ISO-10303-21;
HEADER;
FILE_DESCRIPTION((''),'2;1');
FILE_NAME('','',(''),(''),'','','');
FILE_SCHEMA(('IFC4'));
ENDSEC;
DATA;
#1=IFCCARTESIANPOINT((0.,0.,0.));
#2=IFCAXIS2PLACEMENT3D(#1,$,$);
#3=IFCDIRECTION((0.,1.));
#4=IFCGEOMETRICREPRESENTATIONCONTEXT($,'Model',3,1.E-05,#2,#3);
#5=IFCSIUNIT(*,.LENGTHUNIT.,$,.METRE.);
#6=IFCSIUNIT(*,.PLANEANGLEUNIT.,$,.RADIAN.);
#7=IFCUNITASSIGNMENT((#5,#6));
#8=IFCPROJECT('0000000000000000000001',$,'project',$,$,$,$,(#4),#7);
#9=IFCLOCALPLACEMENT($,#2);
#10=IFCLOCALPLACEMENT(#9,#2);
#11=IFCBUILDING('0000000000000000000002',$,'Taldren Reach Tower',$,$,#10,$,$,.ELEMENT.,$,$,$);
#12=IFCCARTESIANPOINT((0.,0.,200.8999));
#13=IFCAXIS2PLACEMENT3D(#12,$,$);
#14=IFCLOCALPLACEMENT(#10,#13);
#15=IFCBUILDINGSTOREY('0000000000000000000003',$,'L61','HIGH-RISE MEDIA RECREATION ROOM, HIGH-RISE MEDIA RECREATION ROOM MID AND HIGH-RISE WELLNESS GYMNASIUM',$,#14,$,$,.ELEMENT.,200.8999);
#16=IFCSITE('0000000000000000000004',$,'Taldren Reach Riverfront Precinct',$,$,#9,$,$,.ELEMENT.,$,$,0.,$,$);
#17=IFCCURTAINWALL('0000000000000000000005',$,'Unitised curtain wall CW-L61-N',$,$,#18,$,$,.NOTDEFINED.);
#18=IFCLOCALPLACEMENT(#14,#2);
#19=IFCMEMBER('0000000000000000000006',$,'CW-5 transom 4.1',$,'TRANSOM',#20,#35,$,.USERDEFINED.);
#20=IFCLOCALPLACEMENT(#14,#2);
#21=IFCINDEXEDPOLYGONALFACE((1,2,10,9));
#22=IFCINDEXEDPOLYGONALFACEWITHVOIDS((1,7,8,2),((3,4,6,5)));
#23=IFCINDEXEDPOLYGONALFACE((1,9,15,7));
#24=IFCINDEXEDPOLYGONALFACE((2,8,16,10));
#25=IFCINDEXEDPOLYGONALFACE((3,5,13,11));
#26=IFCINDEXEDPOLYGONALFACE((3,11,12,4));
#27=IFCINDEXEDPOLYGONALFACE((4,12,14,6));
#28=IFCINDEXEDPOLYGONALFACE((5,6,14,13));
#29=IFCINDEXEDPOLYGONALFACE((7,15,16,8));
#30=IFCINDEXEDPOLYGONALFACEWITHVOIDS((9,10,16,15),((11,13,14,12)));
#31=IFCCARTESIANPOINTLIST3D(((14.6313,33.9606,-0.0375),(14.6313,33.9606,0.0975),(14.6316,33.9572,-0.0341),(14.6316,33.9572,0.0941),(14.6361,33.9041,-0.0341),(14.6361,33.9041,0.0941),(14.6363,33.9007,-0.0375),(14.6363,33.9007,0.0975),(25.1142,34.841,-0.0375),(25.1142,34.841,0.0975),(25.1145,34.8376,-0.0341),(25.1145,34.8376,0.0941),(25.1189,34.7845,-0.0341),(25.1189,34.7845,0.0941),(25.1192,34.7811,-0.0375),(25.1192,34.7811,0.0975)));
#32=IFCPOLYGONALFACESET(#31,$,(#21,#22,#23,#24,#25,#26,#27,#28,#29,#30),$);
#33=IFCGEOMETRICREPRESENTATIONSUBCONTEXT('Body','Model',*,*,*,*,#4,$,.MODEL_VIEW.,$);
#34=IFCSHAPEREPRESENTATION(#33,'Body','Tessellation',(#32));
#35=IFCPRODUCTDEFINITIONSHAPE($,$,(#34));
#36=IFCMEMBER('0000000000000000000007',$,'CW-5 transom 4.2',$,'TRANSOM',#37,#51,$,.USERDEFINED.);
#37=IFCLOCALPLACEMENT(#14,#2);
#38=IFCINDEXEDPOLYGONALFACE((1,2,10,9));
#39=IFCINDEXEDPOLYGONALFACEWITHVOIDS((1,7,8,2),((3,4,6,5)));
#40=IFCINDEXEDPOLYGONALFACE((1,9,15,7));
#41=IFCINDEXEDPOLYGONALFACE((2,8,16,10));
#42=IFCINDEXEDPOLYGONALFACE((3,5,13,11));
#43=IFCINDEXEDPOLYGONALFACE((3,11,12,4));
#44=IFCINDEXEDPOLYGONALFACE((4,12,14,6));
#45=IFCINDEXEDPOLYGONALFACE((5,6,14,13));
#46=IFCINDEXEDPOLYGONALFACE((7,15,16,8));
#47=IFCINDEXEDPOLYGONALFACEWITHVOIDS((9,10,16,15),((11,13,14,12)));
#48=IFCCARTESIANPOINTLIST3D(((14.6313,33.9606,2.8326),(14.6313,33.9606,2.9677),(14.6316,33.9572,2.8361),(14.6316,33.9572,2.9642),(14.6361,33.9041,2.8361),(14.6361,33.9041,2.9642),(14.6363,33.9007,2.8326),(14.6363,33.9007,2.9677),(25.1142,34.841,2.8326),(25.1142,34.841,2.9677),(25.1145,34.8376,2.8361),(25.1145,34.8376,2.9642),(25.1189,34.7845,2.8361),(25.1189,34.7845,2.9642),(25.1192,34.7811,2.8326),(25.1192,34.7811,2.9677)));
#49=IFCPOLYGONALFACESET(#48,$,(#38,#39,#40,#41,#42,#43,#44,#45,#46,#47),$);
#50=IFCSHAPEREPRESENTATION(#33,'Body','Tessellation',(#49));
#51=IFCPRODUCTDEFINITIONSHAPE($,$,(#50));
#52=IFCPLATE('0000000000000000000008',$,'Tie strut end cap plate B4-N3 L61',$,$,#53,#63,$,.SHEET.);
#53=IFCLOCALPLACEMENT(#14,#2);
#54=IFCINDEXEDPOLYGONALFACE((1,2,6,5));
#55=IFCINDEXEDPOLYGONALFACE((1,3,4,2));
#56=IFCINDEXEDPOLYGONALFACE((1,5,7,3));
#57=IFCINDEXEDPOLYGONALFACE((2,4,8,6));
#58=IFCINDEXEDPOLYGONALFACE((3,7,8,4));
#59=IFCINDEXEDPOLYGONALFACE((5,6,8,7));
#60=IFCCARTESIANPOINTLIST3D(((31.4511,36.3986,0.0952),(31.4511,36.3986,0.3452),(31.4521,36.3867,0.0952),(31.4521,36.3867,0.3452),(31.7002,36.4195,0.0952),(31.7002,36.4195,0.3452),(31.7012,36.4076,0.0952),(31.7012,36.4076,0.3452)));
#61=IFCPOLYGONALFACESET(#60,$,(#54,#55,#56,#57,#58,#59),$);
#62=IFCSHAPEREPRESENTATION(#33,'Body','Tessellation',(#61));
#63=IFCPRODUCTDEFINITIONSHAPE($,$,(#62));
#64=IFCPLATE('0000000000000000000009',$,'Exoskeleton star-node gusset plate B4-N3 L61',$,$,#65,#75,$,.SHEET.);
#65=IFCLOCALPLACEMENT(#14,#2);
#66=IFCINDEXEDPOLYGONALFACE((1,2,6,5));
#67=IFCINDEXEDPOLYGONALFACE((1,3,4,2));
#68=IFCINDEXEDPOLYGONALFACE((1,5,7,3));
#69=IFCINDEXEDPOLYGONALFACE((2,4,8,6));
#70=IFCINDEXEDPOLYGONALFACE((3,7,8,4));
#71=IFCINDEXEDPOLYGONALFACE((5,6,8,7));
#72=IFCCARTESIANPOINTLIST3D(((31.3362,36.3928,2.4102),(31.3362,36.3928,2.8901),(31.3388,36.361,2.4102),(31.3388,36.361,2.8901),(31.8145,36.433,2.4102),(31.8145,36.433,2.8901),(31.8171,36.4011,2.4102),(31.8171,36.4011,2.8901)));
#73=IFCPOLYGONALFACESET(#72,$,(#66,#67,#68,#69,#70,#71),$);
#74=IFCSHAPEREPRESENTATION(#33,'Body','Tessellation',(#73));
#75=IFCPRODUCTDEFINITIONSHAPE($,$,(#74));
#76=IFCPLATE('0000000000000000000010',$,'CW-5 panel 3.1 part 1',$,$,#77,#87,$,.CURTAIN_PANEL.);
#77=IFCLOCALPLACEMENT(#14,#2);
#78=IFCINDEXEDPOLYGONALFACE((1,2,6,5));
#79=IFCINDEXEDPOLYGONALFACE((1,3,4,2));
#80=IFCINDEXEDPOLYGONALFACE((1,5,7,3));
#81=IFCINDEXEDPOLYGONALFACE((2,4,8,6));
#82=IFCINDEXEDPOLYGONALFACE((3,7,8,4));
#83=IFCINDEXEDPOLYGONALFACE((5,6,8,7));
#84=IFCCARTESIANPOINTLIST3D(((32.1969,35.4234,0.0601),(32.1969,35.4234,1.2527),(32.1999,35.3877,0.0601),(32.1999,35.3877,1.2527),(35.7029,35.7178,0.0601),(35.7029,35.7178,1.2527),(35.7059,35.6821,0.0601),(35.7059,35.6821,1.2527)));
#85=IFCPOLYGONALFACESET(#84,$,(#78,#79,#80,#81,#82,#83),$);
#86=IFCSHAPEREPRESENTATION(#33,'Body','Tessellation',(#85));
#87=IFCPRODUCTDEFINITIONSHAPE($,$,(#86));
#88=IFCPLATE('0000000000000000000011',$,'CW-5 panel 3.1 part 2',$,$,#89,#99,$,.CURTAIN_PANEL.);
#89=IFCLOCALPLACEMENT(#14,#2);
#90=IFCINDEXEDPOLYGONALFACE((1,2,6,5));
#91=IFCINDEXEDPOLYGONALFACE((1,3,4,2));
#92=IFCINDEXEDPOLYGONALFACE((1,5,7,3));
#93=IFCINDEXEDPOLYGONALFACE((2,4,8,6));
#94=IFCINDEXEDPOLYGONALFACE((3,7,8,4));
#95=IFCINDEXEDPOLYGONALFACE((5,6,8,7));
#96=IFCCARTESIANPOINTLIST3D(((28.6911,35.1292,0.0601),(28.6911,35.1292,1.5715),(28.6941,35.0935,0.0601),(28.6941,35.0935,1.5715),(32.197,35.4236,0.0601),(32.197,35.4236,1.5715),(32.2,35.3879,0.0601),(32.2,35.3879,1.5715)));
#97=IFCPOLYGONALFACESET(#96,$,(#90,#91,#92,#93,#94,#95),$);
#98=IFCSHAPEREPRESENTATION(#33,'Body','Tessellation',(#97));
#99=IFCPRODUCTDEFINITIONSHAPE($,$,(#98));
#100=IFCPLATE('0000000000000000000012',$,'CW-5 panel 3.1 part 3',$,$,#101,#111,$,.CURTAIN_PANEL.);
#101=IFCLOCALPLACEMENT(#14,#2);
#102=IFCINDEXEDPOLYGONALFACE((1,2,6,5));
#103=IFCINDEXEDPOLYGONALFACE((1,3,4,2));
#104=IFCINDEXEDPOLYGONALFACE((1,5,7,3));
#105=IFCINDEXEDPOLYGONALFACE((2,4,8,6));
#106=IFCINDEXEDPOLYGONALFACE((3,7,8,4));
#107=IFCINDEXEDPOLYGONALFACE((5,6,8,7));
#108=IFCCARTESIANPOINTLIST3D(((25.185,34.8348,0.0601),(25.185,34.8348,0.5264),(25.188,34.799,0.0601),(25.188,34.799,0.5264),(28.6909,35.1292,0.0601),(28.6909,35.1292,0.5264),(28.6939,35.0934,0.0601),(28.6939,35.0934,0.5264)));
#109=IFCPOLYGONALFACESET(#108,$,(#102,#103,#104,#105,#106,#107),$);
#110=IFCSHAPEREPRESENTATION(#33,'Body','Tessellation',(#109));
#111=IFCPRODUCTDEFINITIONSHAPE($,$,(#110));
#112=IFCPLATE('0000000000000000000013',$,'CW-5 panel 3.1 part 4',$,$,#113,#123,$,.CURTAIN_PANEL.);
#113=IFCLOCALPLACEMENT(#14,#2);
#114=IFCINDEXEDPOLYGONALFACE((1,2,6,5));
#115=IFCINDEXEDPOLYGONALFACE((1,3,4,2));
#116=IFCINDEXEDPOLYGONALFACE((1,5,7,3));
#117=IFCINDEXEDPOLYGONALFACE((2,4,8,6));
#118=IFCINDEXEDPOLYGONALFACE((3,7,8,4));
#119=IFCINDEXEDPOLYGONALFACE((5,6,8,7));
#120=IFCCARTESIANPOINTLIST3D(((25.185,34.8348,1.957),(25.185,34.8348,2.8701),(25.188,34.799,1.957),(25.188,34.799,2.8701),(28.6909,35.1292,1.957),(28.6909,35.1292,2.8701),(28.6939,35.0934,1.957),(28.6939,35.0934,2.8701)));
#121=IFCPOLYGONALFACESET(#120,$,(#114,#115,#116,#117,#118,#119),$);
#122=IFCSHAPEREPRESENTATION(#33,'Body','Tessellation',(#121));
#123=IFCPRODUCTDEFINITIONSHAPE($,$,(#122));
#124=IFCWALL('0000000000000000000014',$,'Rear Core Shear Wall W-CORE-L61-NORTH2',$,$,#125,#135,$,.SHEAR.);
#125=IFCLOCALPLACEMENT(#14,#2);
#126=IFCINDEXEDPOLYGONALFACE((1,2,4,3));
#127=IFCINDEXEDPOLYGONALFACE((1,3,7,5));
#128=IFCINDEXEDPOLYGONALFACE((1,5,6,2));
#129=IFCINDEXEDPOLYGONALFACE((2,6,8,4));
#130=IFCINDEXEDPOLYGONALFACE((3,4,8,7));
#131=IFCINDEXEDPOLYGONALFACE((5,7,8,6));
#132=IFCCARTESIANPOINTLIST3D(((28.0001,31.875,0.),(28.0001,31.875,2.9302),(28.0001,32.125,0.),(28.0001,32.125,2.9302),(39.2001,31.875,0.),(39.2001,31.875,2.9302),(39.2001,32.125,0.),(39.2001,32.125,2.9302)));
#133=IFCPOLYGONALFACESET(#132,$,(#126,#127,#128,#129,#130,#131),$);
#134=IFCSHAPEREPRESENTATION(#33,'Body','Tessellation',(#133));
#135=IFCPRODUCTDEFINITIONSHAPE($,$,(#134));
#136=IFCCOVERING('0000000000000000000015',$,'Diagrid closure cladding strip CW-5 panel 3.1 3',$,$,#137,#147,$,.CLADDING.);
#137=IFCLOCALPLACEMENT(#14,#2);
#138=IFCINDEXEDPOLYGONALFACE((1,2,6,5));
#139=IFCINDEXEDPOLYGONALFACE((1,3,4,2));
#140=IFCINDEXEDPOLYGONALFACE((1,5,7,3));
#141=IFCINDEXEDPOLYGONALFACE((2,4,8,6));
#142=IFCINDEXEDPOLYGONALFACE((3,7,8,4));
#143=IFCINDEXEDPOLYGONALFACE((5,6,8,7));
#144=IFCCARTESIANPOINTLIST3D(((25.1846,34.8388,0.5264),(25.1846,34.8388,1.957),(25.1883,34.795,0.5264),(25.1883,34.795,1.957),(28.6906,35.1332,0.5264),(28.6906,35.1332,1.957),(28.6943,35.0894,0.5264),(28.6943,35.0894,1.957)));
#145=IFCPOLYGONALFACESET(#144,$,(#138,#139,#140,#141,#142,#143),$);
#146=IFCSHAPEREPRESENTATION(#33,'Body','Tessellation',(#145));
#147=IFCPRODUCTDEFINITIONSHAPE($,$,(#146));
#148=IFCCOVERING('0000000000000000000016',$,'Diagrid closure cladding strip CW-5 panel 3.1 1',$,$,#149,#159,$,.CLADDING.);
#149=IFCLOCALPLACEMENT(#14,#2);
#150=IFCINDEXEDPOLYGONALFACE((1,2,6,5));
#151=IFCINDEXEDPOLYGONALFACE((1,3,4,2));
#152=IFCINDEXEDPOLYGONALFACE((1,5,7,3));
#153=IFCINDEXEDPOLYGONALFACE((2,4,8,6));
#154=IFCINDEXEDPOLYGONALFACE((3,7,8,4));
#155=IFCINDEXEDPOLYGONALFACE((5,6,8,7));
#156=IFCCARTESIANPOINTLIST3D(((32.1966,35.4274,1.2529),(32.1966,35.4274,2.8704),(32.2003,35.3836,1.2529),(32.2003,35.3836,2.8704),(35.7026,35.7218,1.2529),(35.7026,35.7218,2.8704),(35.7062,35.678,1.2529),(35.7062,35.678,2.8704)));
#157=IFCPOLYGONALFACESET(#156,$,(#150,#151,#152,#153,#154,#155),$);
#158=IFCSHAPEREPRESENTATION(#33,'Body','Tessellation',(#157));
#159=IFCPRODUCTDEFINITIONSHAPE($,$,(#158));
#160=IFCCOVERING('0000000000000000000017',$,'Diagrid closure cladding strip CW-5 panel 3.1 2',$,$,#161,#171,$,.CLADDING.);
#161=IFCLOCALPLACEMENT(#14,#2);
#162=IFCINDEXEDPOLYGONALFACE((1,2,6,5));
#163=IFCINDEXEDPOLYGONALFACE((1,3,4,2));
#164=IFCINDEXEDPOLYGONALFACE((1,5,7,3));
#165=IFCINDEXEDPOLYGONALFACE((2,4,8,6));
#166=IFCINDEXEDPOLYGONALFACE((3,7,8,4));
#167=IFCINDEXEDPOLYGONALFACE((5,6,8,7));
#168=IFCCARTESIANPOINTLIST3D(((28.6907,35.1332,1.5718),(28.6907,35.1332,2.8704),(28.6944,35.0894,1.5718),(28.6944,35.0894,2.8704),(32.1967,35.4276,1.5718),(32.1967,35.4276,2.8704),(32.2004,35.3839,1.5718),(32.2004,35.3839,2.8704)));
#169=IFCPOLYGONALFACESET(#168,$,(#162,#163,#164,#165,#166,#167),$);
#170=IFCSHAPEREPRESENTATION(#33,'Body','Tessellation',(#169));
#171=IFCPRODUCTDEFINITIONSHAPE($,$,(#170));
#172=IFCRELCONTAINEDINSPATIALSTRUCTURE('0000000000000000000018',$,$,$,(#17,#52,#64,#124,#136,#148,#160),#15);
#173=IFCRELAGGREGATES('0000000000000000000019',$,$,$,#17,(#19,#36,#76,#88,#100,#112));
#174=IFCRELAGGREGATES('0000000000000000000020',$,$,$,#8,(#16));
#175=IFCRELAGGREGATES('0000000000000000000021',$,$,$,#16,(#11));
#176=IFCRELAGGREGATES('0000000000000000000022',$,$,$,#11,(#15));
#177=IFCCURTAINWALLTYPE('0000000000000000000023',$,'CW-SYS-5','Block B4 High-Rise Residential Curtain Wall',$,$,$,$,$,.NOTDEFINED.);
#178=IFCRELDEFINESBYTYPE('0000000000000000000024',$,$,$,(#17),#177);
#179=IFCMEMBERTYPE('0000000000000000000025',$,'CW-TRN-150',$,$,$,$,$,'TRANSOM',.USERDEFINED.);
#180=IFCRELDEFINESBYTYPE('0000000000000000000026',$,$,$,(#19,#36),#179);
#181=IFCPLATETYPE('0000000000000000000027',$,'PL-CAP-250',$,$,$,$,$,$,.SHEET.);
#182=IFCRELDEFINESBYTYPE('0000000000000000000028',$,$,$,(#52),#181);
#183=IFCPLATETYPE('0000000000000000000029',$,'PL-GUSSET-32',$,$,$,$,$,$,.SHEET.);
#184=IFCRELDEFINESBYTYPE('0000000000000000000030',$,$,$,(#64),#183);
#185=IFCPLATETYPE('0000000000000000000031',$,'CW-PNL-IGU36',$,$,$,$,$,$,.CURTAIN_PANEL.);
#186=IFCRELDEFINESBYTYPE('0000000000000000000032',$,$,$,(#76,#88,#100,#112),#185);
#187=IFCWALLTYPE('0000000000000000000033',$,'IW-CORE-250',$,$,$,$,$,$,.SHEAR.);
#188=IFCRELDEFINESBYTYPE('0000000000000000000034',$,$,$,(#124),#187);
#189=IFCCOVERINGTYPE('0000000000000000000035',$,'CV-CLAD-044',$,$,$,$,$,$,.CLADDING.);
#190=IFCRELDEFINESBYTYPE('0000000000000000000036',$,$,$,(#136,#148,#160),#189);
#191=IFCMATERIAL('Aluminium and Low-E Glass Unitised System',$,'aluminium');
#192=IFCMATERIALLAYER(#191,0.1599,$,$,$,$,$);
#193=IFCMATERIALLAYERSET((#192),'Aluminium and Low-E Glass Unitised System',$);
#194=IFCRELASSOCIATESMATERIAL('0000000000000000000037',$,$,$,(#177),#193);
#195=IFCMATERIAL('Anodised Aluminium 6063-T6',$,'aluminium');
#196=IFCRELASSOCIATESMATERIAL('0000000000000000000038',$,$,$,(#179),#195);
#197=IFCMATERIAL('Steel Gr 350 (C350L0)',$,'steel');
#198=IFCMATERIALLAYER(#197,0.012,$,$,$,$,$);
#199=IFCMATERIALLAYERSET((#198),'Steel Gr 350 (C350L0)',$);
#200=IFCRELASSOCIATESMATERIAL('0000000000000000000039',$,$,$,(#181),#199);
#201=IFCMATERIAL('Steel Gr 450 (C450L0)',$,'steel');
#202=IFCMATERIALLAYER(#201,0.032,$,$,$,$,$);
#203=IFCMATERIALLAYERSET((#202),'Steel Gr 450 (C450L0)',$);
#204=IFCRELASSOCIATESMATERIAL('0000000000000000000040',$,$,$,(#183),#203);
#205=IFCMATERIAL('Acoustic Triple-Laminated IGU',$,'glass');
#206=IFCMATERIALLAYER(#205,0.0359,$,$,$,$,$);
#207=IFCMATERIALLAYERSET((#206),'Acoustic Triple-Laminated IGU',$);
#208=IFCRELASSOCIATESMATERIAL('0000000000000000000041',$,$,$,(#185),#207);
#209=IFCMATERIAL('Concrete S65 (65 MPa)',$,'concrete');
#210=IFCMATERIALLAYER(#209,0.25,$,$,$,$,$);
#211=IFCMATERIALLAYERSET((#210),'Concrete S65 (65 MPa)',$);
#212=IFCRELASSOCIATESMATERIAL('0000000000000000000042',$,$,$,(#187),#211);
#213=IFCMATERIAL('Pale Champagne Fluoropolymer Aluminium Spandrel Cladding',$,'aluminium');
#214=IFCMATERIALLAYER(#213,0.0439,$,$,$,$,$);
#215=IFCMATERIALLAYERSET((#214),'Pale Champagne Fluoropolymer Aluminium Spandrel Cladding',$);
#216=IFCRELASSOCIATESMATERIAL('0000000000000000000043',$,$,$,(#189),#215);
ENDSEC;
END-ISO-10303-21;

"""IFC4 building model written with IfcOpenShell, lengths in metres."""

from ifc_helpers import new_model, si_unit, direction, frame, frame_2d, origin, origin_2d, place, context, subcontext, project, spatial, rectangle, hollow_rectangle, extrude, source, transform, mapped, material, layer, layer_set, material_profile, profile_set, type_object, element, aggregate, save


model = new_model("IFC4")

# Units and contexts
model_context = context("Model", 3, precision=1e-05, world=origin(), true_north=direction((0.0, 1.0)))
body_context = subcontext(model_context, "Body", "Model", "MODEL_VIEW")
ifc_project = project(units=[si_unit("LENGTHUNIT", "METRE"), si_unit("PLANEANGLEUNIT", "RADIAN")], contexts=[model_context])

# Site, building, storey
site_placement = place(None, origin())
site = spatial("IfcSite", under=ifc_project, at=site_placement, Name="Taldren Reach Riverfront Precinct", CompositionType="ELEMENT", RefElevation=0.0)
building_placement = place(site_placement, origin())
building = spatial("IfcBuilding", under=site, at=building_placement, Name="Taldren Reach Tower", CompositionType="ELEMENT")
storey_placement = place(building_placement, frame((0.0, 0.0, 200.8999)))
storey = spatial("IfcBuildingStorey", under=building, at=storey_placement, Name="L61", Description="HIGH-RISE MEDIA RECREATION ROOM, HIGH-RISE MEDIA RECREATION ROOM MID AND HIGH-RISE WELLNESS GYMNASIUM", CompositionType="ELEMENT", Elevation=200.8999)

# Shared definitions
ifc_material_1 = material(Name="Steel Gr 350 (C350L0)", Category="steel")

# Shared definitions
ifc_material_2 = material(Name="Steel Gr 450 (C450L0)", Category="steel")

# Curtain wall, members
ifc_material_3 = material(Name="Aluminium and Low-E Glass Unitised System", Category="aluminium")
ifc_layer_1 = layer(ifc_material_3, 0.1599)
ifc_layer_set_1 = layer_set([ifc_layer_1], Name="Aluminium and Low-E Glass Unitised System")
curtain_wall_type = type_object("IfcCurtainWallType", Name="CW-SYS-5", Description="Block B4 High-Rise Residential Curtain Wall", PredefinedType="NOTDEFINED", material=ifc_layer_set_1)
curtain_wall_placement = place(storey_placement, origin())
curtain_wall = element("IfcCurtainWall", 1, at=curtain_wall_placement, inside=storey, type_object=curtain_wall_type, Name="Unitised curtain wall CW-L61-N", PredefinedType="NOTDEFINED")
ifc_material_4 = material(Name="Anodised Aluminium 6063-T6", Category="aluminium")
ifc_material_profile_1 = material_profile(ifc_material_4, hollow_rectangle(XDim=0.0601, YDim=0.135, WallThickness=0.0034, at=origin_2d()), Name="ALU-135x60x3.5RHS")
ifc_profile_set_1 = profile_set([ifc_material_profile_1], Name="Anodised Aluminium 6063-T6")
member_type_1 = type_object("IfcMemberType", Name="CW-TRN-150", ElementType="TRANSOM", PredefinedType="USERDEFINED", material=ifc_profile_set_1)
shared_shape_1 = source(origin(), body_context, "Body", "SweptSolid", [
    extrude(hollow_rectangle(XDim=0.0601, YDim=0.135, WallThickness=0.0034, at=origin_2d()), origin(), (0.0, 0.0, 1.0), 10.5198),
])
member_1_placement = place(storey_placement, frame((25.1167, 34.811, 0.03), z_axis=(-0.996492, -0.083687, 0.0), x_axis=(0.083687, -0.996492, 0.0)))
member_1 = element("IfcMember", 2, at=member_1_placement, type_object=member_type_1, Name="CW-5 transom 4.1", ObjectType="TRANSOM", PredefinedType="USERDEFINED", context=body_context, shape_type="MappedRepresentation", body=[
    mapped(shared_shape_1, transform((0.0, 0.0, 0.0), scale=1.0)),
])
member_2_placement = place(storey_placement, frame((25.1167, 34.811, 2.9001), z_axis=(-0.996492, -0.083687, 0.0), x_axis=(0.083687, -0.996492, 0.0)))
member_2 = element("IfcMember", 3, at=member_2_placement, type_object=member_type_1, Name="CW-5 transom 4.2", ObjectType="TRANSOM", PredefinedType="USERDEFINED", context=body_context, shape_type="MappedRepresentation", body=[
    mapped(shared_shape_1, transform((0.0, 0.0, 0.0), scale=1.0)),
])

# Plates
ifc_layer_2 = layer(ifc_material_1, 0.012)
ifc_layer_set_2 = layer_set([ifc_layer_2], Name="Steel Gr 350 (C350L0)")
plate_type_1 = type_object("IfcPlateType", Name="PL-CAP-250", PredefinedType="SHEET", material=ifc_layer_set_2)
shared_shape_2 = source(origin(), body_context, "Body", "SweptSolid", [
    extrude(rectangle(XDim=0.25, YDim=0.012, at=origin_2d()), origin(), (0.0, 0.0, 1.0), 0.25),
])
plate_1_placement = place(storey_placement, frame((31.5762, 36.4031, 0.0952), z_axis=(0.0, 0.0, 1.0), x_axis=(0.996493, 0.083678, 0.0)))
element("IfcPlate", 4, at=plate_1_placement, inside=storey, type_object=plate_type_1, Name="Tie strut end cap plate B4-N3 L61", PredefinedType="SHEET", context=body_context, shape_type="MappedRepresentation", body=[
    mapped(shared_shape_2, transform((0.0, 0.0, 0.0), scale=1.0)),
])
ifc_layer_3 = layer(ifc_material_2, 0.032)
ifc_layer_set_3 = layer_set([ifc_layer_3], Name="Steel Gr 450 (C450L0)")
plate_type_2 = type_object("IfcPlateType", Name="PL-GUSSET-32", PredefinedType="SHEET", material=ifc_layer_set_3)
shared_shape_3 = source(origin(), body_context, "Body", "SweptSolid", [
    extrude(rectangle(XDim=0.48, YDim=0.032, at=origin_2d()), origin(), (0.0, 0.0, 1.0), 0.48),
])
plate_2_placement = place(storey_placement, frame((31.5767, 36.397, 2.4102), z_axis=(0.0, 0.0, 1.0), x_axis=(0.996493, 0.083678, 0.0)))
element("IfcPlate", 5, at=plate_2_placement, inside=storey, type_object=plate_type_2, Name="Exoskeleton star-node gusset plate B4-N3 L61", PredefinedType="SHEET", context=body_context, shape_type="MappedRepresentation", body=[
    mapped(shared_shape_3, transform((0.0, 0.0, 0.0), scale=1.0)),
])

# Plates
ifc_material_5 = material(Name="Acoustic Triple-Laminated IGU", Category="glass")
ifc_layer_4 = layer(ifc_material_5, 0.0359)
ifc_layer_set_4 = layer_set([ifc_layer_4], Name="Acoustic Triple-Laminated IGU")
plate_type_3 = type_object("IfcPlateType", Name="CW-PNL-IGU36", PredefinedType="CURTAIN_PANEL", material=ifc_layer_set_4)
shared_shape_4 = source(origin(), body_context, "Body", "SweptSolid", [
    extrude(rectangle(XDim=3.5183, YDim=0.0359, at=origin_2d()), origin(), (0.0, 0.0, 1.0), 1.1926),
])
plate_3_placement = place(storey_placement, frame((33.9514, 35.5527, 0.0601), z_axis=(0.0, 0.0, 1.0), x_axis=(-0.996493, -0.083678, 0.0)))
plate_3 = element("IfcPlate", 6, at=plate_3_placement, type_object=plate_type_3, Name="CW-5 panel 3.1 part 1", PredefinedType="CURTAIN_PANEL", context=body_context, shape_type="MappedRepresentation", body=[
    mapped(shared_shape_4, transform((0.0, 0.0, 0.0), scale=1.0)),
])
shared_shape_5 = source(origin(), body_context, "Body", "SweptSolid", [
    extrude(rectangle(XDim=3.5183, YDim=0.0359, at=origin_2d()), origin(), (0.0, 0.0, 1.0), 1.5115),
])
plate_4_placement = place(storey_placement, frame((30.4456, 35.2585, 0.0601), z_axis=(0.0, 0.0, 1.0), x_axis=(-0.996493, -0.083678, 0.0)))
plate_4 = element("IfcPlate", 7, at=plate_4_placement, type_object=plate_type_3, Name="CW-5 panel 3.1 part 2", PredefinedType="CURTAIN_PANEL", context=body_context, shape_type="MappedRepresentation", body=[
    mapped(shared_shape_5, transform((0.0, 0.0, 0.0), scale=1.0)),
])
shared_shape_6 = source(origin(), body_context, "Body", "SweptSolid", [
    extrude(rectangle(XDim=3.5183, YDim=0.0359, at=origin_2d()), origin(), (0.0, 0.0, 1.0), 0.4663),
])
plate_5_placement = place(storey_placement, frame((26.9395, 34.9641, 0.0601), z_axis=(0.0, 0.0, 1.0), x_axis=(-0.996493, -0.083678, 0.0)))
plate_5 = element("IfcPlate", 8, at=plate_5_placement, type_object=plate_type_3, Name="CW-5 panel 3.1 part 3", PredefinedType="CURTAIN_PANEL", context=body_context, shape_type="MappedRepresentation", body=[
    mapped(shared_shape_6, transform((0.0, 0.0, 0.0), scale=1.0)),
])
shared_shape_7 = source(origin(), body_context, "Body", "SweptSolid", [
    extrude(rectangle(XDim=3.5183, YDim=0.0359, at=origin_2d()), origin(), (0.0, 0.0, 1.0), 0.9131),
])
plate_6_placement = place(storey_placement, frame((26.9395, 34.9641, 1.957), z_axis=(0.0, 0.0, 1.0), x_axis=(-0.996493, -0.083678, 0.0)))
plate_6 = element("IfcPlate", 9, at=plate_6_placement, type_object=plate_type_3, Name="CW-5 panel 3.1 part 4", PredefinedType="CURTAIN_PANEL", context=body_context, shape_type="MappedRepresentation", body=[
    mapped(shared_shape_7, transform((0.0, 0.0, 0.0), scale=1.0)),
])
aggregate(curtain_wall, [member_1, member_2, plate_3, plate_4, plate_5, plate_6])

# Wall
ifc_material_6 = material(Name="Concrete S65 (65 MPa)", Category="concrete")
ifc_layer_5 = layer(ifc_material_6, 0.25)
ifc_layer_set_5 = layer_set([ifc_layer_5], Name="Concrete S65 (65 MPa)")
wall_type = type_object("IfcWallType", Name="IW-CORE-250", PredefinedType="SHEAR", material=ifc_layer_set_5)
shared_shape_8 = source(origin(), body_context, "Body", "SweptSolid", [
    extrude(rectangle(XDim=11.2, YDim=0.25, at=frame_2d((5.6001, 0.0))), origin(), (0.0, 0.0, 1.0), 2.9302),
])
wall_placement = place(storey_placement, frame((28.0, 32.0, 0.0), z_axis=(0.0, 0.0, 1.0), x_axis=(1.0, 0.0, 0.0)))
element("IfcWall", 10, at=wall_placement, inside=storey, type_object=wall_type, Name="Rear Core Shear Wall W-CORE-L61-NORTH2", PredefinedType="SHEAR", context=body_context, shape_type="MappedRepresentation", body=[
    mapped(shared_shape_8, transform((0.0, 0.0, 0.0), scale=1.0)),
])

# Coverings
ifc_material_7 = material(Name="Pale Champagne Fluoropolymer Aluminium Spandrel Cladding", Category="aluminium")
ifc_layer_6 = layer(ifc_material_7, 0.0439)
ifc_layer_set_6 = layer_set([ifc_layer_6], Name="Pale Champagne Fluoropolymer Aluminium Spandrel Cladding")
covering_type = type_object("IfcCoveringType", Name="CV-CLAD-044", PredefinedType="CLADDING", material=ifc_layer_set_6)
shared_shape_9 = source(origin(), body_context, "Body", "SweptSolid", [
    extrude(rectangle(XDim=3.5183, YDim=0.0439, at=origin_2d()), origin(), (0.0, 0.0, 1.0), 1.4307),
])
covering_1_placement = place(storey_placement, frame((26.9395, 34.9641, 0.5264), z_axis=(0.0, 0.0, 1.0), x_axis=(-0.996493, -0.083678, 0.0)))
element("IfcCovering", 11, at=covering_1_placement, inside=storey, type_object=covering_type, Name="Diagrid closure cladding strip CW-5 panel 3.1 3", PredefinedType="CLADDING", context=body_context, shape_type="MappedRepresentation", body=[
    mapped(shared_shape_9, transform((0.0, 0.0, 0.0), scale=1.0)),
])
shared_shape_10 = source(origin(), body_context, "Body", "SweptSolid", [
    extrude(rectangle(XDim=3.5183, YDim=0.0439, at=origin_2d()), origin(), (0.0, 0.0, 1.0), 1.6174),
])
covering_2_placement = place(storey_placement, frame((33.9514, 35.5527, 1.2529), z_axis=(0.0, 0.0, 1.0), x_axis=(-0.996493, -0.083678, 0.0)))
element("IfcCovering", 12, at=covering_2_placement, inside=storey, type_object=covering_type, Name="Diagrid closure cladding strip CW-5 panel 3.1 1", PredefinedType="CLADDING", context=body_context, shape_type="MappedRepresentation", body=[
    mapped(shared_shape_10, transform((0.0, 0.0, 0.0), scale=1.0)),
])
shared_shape_11 = source(origin(), body_context, "Body", "SweptSolid", [
    extrude(rectangle(XDim=3.5183, YDim=0.0439, at=origin_2d()), origin(), (0.0, 0.0, 1.0), 1.2986),
])
covering_3_placement = place(storey_placement, frame((30.4456, 35.2585, 1.5718), z_axis=(0.0, 0.0, 1.0), x_axis=(-0.996493, -0.083678, 0.0)))
element("IfcCovering", 13, at=covering_3_placement, inside=storey, type_object=covering_type, Name="Diagrid closure cladding strip CW-5 panel 3.1 2", PredefinedType="CLADDING", context=body_context, shape_type="MappedRepresentation", body=[
    mapped(shared_shape_11, transform((0.0, 0.0, 0.0), scale=1.0)),
])

save(model, "model.ifc")
